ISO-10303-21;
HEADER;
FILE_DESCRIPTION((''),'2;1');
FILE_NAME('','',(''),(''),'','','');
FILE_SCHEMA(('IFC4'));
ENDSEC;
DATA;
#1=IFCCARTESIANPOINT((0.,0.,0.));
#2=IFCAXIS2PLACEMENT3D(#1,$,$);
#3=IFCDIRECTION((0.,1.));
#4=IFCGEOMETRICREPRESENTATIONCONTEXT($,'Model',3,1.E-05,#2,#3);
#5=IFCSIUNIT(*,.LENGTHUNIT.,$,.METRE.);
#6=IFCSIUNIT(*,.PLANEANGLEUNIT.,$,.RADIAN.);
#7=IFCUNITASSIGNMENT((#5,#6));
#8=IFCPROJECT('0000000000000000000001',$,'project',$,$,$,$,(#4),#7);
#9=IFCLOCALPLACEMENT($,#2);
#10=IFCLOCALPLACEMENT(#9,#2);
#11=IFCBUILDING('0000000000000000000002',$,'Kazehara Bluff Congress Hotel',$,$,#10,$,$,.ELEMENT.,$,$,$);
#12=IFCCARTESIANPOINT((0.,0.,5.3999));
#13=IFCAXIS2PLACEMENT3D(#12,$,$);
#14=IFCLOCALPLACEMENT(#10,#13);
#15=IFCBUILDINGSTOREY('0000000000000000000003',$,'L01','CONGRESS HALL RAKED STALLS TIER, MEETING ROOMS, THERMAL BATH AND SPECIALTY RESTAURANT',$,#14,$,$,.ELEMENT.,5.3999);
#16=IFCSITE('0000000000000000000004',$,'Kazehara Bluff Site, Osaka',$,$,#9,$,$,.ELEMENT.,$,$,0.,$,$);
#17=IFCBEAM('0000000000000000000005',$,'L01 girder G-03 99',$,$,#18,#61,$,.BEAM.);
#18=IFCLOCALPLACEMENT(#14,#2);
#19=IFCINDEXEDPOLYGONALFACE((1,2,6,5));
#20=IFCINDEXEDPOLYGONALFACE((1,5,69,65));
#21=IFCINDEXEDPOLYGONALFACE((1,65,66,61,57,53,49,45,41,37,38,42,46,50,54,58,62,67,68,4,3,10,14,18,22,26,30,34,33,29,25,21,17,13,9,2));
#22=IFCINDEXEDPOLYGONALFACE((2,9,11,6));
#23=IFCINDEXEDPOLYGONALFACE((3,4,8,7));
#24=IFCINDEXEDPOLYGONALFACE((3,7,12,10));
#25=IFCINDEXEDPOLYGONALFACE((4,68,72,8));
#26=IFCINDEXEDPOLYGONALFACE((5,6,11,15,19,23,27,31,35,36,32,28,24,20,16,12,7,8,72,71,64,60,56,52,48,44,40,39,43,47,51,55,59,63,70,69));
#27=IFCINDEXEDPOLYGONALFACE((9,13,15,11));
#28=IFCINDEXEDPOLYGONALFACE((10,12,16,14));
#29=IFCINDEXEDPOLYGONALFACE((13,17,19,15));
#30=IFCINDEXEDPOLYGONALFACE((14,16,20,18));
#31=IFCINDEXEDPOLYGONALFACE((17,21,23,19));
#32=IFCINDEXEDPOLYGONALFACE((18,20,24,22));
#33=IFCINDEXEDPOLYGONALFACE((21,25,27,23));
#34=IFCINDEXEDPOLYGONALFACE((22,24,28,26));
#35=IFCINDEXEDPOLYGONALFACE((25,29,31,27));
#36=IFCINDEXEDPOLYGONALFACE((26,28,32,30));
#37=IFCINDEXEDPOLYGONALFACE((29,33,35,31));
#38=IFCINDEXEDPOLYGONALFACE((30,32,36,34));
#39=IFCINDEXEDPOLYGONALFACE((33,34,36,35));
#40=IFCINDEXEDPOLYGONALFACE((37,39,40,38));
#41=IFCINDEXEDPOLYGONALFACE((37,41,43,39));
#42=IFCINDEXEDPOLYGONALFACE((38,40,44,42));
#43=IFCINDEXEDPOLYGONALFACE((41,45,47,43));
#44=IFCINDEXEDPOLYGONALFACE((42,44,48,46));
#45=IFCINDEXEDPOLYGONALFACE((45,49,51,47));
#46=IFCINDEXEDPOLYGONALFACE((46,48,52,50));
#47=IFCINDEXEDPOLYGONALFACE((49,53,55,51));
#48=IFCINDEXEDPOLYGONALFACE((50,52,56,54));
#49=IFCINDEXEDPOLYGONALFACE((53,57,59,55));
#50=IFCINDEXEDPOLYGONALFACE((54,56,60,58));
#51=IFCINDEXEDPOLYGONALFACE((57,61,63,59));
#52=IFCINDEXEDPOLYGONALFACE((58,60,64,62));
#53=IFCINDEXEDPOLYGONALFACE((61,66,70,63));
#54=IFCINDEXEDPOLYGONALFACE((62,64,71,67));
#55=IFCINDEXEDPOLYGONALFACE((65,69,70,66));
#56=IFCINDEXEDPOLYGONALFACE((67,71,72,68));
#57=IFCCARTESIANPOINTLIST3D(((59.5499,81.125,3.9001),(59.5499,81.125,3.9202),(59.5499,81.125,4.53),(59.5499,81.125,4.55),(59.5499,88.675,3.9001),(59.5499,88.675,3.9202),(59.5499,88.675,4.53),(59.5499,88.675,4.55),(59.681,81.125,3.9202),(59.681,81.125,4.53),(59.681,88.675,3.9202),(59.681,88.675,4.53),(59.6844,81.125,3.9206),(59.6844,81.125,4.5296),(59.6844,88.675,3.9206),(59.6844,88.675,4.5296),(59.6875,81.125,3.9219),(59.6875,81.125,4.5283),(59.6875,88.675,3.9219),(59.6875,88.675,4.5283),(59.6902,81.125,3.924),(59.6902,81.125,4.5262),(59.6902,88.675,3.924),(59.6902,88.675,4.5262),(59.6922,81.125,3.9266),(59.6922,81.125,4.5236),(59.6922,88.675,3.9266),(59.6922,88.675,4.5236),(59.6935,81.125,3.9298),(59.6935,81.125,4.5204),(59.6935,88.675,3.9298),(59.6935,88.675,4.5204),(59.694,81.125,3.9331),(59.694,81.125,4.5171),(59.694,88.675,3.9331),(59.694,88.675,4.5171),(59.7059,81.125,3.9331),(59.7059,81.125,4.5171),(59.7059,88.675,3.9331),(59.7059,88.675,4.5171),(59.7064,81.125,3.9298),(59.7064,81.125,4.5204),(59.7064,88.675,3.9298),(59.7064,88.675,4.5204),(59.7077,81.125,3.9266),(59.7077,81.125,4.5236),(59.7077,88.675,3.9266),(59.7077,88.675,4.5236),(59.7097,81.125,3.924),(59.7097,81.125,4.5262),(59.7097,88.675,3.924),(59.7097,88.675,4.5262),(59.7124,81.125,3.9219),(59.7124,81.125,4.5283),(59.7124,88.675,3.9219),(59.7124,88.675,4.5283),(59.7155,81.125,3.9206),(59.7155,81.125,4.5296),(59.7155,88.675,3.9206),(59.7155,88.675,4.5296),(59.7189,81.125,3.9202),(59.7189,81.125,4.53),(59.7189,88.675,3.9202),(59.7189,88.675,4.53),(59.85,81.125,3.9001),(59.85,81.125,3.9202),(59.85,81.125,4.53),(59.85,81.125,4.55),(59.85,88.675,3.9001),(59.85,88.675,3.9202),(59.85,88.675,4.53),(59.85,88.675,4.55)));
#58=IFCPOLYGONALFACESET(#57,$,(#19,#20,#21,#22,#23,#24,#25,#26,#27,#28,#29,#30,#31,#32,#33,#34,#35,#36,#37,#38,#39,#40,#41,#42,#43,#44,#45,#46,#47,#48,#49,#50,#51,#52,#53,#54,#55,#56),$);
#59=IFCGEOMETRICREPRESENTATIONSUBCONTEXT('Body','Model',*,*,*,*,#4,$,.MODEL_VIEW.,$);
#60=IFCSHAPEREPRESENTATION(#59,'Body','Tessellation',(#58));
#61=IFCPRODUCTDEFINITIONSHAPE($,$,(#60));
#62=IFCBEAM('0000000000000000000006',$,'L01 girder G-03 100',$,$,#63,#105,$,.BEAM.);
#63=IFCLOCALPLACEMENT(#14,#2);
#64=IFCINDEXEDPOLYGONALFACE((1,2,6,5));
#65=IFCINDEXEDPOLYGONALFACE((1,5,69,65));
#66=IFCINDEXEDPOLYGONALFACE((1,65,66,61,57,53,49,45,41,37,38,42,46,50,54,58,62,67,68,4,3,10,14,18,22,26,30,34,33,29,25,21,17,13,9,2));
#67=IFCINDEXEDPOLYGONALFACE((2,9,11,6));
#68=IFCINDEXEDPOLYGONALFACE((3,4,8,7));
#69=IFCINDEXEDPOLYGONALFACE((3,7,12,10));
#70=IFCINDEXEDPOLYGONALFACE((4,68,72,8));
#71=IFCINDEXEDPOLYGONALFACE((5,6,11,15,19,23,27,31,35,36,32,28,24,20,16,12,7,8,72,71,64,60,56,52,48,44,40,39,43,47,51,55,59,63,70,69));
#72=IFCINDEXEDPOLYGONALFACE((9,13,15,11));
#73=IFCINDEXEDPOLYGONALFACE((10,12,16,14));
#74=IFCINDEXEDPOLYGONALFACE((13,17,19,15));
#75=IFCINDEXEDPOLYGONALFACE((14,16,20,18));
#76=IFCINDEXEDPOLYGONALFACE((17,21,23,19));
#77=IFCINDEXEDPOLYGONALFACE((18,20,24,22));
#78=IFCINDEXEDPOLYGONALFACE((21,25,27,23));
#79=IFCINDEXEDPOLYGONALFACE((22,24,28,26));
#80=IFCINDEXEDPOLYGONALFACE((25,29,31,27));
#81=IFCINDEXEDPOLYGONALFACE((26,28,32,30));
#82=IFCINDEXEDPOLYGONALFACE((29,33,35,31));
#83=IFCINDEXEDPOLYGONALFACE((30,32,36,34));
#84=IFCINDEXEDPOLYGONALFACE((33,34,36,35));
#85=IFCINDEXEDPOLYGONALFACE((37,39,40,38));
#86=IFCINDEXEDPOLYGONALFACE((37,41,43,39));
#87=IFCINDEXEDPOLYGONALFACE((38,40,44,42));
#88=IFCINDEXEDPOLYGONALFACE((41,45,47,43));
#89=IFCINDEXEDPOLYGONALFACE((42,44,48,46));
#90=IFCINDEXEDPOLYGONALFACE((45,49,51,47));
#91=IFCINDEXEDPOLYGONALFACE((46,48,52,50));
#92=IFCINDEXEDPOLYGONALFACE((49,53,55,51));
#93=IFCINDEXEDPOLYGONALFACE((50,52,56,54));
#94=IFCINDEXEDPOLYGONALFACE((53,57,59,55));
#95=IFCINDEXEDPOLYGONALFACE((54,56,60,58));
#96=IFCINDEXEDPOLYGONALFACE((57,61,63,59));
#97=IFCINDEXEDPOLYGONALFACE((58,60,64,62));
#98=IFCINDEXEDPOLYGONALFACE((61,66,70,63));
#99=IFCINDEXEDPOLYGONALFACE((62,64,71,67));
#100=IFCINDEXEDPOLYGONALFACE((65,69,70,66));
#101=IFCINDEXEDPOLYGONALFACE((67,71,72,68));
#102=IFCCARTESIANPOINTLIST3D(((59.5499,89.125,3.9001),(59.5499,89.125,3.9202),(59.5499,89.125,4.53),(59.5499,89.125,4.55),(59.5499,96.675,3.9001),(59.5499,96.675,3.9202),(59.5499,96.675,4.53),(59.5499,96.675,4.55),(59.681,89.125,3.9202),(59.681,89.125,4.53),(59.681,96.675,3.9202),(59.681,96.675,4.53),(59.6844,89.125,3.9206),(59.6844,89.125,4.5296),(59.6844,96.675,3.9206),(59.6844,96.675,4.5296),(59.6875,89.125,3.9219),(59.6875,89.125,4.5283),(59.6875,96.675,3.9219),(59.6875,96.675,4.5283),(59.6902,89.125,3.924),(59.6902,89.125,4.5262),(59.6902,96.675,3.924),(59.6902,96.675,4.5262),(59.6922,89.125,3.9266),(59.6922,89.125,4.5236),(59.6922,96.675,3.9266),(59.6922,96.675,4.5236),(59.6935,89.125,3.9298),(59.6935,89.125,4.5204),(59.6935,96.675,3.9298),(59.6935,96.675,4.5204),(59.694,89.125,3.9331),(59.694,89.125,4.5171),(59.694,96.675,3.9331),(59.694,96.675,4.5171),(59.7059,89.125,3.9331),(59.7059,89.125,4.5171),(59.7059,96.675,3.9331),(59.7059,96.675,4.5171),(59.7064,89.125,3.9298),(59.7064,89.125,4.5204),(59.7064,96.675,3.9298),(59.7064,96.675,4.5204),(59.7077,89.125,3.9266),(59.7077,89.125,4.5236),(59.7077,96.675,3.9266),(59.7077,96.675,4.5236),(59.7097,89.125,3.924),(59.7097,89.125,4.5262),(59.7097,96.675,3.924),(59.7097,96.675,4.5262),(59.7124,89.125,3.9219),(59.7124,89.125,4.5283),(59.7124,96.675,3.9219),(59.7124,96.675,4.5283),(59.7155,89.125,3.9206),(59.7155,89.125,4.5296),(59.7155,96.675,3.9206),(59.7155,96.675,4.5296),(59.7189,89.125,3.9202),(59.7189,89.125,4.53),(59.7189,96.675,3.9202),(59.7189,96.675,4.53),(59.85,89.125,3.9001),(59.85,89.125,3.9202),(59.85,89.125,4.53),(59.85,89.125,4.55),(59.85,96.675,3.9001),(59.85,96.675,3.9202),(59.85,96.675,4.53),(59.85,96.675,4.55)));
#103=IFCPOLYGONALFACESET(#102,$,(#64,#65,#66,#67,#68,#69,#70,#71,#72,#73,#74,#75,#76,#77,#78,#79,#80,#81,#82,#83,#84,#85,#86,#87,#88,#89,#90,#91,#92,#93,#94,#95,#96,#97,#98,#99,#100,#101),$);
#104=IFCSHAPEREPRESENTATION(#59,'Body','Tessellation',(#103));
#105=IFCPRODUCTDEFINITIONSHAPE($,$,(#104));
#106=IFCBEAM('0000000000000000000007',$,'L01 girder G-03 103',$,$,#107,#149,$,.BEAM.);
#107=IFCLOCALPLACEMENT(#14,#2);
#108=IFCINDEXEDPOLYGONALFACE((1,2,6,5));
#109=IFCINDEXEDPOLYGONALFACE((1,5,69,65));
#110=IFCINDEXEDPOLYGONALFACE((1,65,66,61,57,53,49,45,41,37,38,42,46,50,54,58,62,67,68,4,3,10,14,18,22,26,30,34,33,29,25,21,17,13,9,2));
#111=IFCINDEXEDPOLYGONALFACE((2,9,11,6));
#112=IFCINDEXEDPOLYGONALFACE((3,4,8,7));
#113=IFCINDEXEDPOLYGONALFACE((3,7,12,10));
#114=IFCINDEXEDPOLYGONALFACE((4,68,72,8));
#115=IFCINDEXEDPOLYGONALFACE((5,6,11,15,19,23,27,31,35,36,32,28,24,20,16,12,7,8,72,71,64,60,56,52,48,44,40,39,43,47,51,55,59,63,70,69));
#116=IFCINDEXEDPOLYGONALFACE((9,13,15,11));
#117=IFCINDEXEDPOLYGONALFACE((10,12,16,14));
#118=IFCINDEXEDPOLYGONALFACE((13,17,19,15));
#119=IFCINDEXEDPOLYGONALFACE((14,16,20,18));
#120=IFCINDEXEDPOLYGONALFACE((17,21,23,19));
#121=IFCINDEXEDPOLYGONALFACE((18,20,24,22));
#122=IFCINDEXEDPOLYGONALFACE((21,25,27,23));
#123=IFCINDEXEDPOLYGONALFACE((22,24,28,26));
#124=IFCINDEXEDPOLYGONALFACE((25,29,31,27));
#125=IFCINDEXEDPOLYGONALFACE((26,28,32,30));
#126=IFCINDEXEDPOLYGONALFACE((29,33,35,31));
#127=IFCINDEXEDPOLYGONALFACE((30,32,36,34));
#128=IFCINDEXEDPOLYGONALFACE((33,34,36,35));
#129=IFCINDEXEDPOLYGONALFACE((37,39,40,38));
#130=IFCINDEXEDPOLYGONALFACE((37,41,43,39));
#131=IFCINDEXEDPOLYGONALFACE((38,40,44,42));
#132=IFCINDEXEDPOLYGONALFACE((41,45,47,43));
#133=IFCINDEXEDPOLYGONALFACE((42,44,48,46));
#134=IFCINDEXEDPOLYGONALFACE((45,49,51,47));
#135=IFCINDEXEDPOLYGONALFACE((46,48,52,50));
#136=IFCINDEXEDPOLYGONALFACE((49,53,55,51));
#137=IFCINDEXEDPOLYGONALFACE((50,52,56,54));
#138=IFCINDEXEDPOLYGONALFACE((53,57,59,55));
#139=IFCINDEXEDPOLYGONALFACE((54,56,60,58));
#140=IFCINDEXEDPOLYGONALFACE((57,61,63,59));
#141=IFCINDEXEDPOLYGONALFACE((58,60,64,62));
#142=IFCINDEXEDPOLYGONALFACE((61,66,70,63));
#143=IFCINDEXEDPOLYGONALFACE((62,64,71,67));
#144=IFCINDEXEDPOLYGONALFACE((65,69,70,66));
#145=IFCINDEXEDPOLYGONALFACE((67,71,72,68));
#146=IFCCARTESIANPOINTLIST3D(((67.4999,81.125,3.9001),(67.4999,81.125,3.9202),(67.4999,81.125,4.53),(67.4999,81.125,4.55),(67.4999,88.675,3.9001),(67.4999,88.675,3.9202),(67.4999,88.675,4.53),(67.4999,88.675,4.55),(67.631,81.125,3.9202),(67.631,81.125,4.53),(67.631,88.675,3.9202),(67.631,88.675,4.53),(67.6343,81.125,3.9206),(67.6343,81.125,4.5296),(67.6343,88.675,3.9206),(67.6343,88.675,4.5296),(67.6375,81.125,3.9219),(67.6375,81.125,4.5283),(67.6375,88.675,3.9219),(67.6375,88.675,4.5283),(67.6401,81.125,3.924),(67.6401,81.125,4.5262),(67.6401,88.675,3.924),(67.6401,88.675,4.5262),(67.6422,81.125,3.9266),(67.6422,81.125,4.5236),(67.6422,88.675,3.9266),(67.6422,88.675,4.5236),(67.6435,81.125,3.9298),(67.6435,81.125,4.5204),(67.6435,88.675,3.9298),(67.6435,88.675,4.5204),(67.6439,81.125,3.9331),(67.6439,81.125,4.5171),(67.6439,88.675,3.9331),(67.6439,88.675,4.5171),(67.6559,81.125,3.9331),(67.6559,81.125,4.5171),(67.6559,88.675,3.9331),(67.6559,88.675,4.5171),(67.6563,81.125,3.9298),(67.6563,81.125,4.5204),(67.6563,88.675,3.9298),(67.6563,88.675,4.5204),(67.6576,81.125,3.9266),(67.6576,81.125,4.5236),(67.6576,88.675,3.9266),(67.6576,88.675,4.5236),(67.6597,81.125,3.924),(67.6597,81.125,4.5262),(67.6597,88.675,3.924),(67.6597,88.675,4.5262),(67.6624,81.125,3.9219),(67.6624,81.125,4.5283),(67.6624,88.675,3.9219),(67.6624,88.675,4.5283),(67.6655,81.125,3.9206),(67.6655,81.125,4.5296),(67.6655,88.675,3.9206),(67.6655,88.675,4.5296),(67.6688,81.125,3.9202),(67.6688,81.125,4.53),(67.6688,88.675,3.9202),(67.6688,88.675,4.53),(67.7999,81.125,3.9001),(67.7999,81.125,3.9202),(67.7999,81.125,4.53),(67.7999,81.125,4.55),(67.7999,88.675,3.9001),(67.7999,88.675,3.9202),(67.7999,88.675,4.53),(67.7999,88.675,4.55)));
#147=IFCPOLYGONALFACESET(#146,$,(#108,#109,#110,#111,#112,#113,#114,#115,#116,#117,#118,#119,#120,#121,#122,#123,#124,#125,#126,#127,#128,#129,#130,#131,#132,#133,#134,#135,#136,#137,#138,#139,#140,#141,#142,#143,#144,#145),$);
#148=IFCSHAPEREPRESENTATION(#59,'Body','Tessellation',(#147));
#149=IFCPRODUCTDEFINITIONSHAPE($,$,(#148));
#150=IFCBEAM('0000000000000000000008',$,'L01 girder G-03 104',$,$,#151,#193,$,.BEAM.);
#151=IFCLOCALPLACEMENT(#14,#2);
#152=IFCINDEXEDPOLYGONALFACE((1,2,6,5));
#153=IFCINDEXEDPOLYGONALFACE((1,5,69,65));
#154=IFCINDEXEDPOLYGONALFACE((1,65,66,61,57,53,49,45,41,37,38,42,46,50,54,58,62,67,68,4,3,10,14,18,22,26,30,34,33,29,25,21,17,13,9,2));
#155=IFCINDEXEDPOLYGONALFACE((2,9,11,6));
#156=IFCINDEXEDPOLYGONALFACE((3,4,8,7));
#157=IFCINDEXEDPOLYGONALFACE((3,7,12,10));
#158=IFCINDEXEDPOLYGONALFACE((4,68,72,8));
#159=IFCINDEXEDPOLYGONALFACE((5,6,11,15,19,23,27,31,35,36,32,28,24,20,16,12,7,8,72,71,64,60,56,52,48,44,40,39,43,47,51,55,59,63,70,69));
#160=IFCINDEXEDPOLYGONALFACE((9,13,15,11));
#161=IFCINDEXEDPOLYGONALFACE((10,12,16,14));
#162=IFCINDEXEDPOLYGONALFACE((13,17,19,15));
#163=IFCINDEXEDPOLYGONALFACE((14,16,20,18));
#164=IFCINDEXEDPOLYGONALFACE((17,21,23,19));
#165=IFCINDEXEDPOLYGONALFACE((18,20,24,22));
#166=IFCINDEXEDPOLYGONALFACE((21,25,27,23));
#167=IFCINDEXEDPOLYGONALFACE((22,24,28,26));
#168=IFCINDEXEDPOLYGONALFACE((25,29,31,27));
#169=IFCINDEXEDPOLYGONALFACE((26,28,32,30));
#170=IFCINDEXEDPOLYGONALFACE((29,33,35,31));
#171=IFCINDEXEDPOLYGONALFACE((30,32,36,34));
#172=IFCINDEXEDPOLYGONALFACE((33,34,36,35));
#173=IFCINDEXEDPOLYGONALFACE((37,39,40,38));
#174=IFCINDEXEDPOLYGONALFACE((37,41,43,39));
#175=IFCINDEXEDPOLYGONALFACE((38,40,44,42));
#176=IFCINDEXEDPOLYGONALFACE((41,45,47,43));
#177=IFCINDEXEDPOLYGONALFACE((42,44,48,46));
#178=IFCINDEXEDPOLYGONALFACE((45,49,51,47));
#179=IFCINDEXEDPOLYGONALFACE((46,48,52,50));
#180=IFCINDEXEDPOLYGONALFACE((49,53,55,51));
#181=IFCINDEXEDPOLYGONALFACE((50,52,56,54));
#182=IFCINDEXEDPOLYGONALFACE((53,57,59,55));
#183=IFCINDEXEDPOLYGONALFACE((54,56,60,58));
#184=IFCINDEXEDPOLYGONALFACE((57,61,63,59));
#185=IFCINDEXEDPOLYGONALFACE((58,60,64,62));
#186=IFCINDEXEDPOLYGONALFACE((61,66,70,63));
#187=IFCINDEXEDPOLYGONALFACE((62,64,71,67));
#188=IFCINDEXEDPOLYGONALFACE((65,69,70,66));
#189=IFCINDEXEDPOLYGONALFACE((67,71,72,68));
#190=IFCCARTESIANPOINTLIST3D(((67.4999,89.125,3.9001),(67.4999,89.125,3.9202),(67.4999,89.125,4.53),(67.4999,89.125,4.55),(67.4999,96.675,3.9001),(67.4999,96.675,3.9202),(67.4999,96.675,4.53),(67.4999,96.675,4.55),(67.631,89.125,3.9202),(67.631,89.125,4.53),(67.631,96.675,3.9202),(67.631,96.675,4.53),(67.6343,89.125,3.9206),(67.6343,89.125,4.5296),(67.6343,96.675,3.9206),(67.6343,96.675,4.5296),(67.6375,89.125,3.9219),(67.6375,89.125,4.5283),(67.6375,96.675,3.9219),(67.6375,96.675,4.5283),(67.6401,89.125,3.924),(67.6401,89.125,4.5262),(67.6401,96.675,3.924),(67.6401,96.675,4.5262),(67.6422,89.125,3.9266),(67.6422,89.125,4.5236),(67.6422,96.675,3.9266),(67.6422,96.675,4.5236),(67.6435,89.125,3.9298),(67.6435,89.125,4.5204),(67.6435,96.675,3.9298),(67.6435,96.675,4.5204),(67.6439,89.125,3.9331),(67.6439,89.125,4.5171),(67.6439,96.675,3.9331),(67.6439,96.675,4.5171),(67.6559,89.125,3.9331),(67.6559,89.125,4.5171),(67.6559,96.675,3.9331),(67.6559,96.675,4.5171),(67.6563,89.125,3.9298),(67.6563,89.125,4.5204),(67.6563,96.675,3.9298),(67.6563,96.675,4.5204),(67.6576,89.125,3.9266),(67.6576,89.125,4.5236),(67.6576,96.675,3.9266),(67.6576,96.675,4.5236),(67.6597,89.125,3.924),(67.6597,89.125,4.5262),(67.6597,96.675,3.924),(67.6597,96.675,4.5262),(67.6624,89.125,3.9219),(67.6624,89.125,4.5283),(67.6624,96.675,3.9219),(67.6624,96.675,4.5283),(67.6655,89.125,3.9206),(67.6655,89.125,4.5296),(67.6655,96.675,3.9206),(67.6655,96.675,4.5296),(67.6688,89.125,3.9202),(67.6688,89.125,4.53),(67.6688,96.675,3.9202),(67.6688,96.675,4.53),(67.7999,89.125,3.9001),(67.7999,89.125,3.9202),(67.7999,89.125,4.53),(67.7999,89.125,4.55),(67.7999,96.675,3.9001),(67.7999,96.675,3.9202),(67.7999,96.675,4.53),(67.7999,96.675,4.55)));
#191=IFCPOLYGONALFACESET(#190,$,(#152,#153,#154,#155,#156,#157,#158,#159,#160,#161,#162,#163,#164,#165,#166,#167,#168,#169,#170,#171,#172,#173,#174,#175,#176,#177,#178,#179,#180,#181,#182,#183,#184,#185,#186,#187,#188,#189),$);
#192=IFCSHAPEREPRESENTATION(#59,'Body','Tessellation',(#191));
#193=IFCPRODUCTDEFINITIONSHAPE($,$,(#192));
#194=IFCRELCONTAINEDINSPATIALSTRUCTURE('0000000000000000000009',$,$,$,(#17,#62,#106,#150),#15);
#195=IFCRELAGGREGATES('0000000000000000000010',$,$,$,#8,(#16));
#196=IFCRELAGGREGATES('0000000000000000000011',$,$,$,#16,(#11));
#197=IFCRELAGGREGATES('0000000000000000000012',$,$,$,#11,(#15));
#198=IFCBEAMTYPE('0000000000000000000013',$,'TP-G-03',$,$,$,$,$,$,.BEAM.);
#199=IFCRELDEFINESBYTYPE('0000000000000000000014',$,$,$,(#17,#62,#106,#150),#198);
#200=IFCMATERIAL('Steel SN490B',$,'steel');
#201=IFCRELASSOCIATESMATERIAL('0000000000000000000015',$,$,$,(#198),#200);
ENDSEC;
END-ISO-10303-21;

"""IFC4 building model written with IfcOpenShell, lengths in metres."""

from ifc_helpers import new_model, si_unit, direction, frame, origin, origin_2d, place, context, subcontext, project, spatial, i_section, extrude, material, material_profile, profile_set, type_object, element, save


model = new_model("IFC4")

# Units and contexts
model_context = context("Model", 3, precision=1e-05, world=origin(), true_north=direction((0.0, 1.0)))
body_context = subcontext(model_context, "Body", "Model", "MODEL_VIEW")
ifc_project = project(units=[si_unit("LENGTHUNIT", "METRE"), si_unit("PLANEANGLEUNIT", "RADIAN")], contexts=[model_context])

# Site, building, storey
site_placement = place(None, origin())
site = spatial("IfcSite", under=ifc_project, at=site_placement, Name="Kazehara Bluff Site, Osaka", CompositionType="ELEMENT", RefElevation=0.0)
building_placement = place(site_placement, origin())
building = spatial("IfcBuilding", under=site, at=building_placement, Name="Kazehara Bluff Congress Hotel", CompositionType="ELEMENT")
storey_placement = place(building_placement, frame((0.0, 0.0, 5.3999)))
storey = spatial("IfcBuildingStorey", under=building, at=storey_placement, Name="L01", Description="CONGRESS HALL RAKED STALLS TIER, MEETING ROOMS, THERMAL BATH AND SPECIALTY RESTAURANT", CompositionType="ELEMENT", Elevation=5.3999)

# Beams
ifc_material_1 = material(Name="Steel SN490B", Category="steel")
ifc_material_profile_1 = material_profile(ifc_material_1, i_section(OverallWidth=0.3, OverallDepth=0.6499, WebThickness=0.012, FlangeThickness=0.02, FilletRadius=0.0129, at=origin_2d()))
ifc_profile_set_1 = profile_set([ifc_material_profile_1], Name="Steel SN490B")
beam_type_1 = type_object("IfcBeamType", Name="TP-G-03", PredefinedType="BEAM", material=ifc_profile_set_1)
for number, where, z_axis, x_axis, name in (
    (1, (59.7, 81.125, 4.2251), (0.0, 1.0, 0.0), (-1.0, 0.0, 0.0), "L01 girder G-03 99"),
    (2, (59.7, 89.125, 4.2251), (0.0, 1.0, 0.0), (-1.0, 0.0, 0.0), "L01 girder G-03 100"),
    (3, (67.6499, 81.125, 4.2251), (0.0, 1.0, 0.0), (-1.0, 0.0, 0.0), "L01 girder G-03 103"),
    (4, (67.6499, 89.125, 4.2251), (0.0, 1.0, 0.0), (-1.0, 0.0, 0.0), "L01 girder G-03 104"),
):
    element("IfcBeam", number, at=place(storey_placement, frame(where, z_axis=z_axis, x_axis=x_axis)), inside=storey, type_object=beam_type_1, Name=name, PredefinedType="BEAM", context=body_context, shape_type="SweptSolid", body=[
        extrude(i_section(OverallWidth=0.3, OverallDepth=0.6499, WebThickness=0.012, FlangeThickness=0.02, FilletRadius=0.0129, at=origin_2d()), origin(), (0.0, 0.0, 1.0), 7.55),
    ])

save(model, "model.ifc")
